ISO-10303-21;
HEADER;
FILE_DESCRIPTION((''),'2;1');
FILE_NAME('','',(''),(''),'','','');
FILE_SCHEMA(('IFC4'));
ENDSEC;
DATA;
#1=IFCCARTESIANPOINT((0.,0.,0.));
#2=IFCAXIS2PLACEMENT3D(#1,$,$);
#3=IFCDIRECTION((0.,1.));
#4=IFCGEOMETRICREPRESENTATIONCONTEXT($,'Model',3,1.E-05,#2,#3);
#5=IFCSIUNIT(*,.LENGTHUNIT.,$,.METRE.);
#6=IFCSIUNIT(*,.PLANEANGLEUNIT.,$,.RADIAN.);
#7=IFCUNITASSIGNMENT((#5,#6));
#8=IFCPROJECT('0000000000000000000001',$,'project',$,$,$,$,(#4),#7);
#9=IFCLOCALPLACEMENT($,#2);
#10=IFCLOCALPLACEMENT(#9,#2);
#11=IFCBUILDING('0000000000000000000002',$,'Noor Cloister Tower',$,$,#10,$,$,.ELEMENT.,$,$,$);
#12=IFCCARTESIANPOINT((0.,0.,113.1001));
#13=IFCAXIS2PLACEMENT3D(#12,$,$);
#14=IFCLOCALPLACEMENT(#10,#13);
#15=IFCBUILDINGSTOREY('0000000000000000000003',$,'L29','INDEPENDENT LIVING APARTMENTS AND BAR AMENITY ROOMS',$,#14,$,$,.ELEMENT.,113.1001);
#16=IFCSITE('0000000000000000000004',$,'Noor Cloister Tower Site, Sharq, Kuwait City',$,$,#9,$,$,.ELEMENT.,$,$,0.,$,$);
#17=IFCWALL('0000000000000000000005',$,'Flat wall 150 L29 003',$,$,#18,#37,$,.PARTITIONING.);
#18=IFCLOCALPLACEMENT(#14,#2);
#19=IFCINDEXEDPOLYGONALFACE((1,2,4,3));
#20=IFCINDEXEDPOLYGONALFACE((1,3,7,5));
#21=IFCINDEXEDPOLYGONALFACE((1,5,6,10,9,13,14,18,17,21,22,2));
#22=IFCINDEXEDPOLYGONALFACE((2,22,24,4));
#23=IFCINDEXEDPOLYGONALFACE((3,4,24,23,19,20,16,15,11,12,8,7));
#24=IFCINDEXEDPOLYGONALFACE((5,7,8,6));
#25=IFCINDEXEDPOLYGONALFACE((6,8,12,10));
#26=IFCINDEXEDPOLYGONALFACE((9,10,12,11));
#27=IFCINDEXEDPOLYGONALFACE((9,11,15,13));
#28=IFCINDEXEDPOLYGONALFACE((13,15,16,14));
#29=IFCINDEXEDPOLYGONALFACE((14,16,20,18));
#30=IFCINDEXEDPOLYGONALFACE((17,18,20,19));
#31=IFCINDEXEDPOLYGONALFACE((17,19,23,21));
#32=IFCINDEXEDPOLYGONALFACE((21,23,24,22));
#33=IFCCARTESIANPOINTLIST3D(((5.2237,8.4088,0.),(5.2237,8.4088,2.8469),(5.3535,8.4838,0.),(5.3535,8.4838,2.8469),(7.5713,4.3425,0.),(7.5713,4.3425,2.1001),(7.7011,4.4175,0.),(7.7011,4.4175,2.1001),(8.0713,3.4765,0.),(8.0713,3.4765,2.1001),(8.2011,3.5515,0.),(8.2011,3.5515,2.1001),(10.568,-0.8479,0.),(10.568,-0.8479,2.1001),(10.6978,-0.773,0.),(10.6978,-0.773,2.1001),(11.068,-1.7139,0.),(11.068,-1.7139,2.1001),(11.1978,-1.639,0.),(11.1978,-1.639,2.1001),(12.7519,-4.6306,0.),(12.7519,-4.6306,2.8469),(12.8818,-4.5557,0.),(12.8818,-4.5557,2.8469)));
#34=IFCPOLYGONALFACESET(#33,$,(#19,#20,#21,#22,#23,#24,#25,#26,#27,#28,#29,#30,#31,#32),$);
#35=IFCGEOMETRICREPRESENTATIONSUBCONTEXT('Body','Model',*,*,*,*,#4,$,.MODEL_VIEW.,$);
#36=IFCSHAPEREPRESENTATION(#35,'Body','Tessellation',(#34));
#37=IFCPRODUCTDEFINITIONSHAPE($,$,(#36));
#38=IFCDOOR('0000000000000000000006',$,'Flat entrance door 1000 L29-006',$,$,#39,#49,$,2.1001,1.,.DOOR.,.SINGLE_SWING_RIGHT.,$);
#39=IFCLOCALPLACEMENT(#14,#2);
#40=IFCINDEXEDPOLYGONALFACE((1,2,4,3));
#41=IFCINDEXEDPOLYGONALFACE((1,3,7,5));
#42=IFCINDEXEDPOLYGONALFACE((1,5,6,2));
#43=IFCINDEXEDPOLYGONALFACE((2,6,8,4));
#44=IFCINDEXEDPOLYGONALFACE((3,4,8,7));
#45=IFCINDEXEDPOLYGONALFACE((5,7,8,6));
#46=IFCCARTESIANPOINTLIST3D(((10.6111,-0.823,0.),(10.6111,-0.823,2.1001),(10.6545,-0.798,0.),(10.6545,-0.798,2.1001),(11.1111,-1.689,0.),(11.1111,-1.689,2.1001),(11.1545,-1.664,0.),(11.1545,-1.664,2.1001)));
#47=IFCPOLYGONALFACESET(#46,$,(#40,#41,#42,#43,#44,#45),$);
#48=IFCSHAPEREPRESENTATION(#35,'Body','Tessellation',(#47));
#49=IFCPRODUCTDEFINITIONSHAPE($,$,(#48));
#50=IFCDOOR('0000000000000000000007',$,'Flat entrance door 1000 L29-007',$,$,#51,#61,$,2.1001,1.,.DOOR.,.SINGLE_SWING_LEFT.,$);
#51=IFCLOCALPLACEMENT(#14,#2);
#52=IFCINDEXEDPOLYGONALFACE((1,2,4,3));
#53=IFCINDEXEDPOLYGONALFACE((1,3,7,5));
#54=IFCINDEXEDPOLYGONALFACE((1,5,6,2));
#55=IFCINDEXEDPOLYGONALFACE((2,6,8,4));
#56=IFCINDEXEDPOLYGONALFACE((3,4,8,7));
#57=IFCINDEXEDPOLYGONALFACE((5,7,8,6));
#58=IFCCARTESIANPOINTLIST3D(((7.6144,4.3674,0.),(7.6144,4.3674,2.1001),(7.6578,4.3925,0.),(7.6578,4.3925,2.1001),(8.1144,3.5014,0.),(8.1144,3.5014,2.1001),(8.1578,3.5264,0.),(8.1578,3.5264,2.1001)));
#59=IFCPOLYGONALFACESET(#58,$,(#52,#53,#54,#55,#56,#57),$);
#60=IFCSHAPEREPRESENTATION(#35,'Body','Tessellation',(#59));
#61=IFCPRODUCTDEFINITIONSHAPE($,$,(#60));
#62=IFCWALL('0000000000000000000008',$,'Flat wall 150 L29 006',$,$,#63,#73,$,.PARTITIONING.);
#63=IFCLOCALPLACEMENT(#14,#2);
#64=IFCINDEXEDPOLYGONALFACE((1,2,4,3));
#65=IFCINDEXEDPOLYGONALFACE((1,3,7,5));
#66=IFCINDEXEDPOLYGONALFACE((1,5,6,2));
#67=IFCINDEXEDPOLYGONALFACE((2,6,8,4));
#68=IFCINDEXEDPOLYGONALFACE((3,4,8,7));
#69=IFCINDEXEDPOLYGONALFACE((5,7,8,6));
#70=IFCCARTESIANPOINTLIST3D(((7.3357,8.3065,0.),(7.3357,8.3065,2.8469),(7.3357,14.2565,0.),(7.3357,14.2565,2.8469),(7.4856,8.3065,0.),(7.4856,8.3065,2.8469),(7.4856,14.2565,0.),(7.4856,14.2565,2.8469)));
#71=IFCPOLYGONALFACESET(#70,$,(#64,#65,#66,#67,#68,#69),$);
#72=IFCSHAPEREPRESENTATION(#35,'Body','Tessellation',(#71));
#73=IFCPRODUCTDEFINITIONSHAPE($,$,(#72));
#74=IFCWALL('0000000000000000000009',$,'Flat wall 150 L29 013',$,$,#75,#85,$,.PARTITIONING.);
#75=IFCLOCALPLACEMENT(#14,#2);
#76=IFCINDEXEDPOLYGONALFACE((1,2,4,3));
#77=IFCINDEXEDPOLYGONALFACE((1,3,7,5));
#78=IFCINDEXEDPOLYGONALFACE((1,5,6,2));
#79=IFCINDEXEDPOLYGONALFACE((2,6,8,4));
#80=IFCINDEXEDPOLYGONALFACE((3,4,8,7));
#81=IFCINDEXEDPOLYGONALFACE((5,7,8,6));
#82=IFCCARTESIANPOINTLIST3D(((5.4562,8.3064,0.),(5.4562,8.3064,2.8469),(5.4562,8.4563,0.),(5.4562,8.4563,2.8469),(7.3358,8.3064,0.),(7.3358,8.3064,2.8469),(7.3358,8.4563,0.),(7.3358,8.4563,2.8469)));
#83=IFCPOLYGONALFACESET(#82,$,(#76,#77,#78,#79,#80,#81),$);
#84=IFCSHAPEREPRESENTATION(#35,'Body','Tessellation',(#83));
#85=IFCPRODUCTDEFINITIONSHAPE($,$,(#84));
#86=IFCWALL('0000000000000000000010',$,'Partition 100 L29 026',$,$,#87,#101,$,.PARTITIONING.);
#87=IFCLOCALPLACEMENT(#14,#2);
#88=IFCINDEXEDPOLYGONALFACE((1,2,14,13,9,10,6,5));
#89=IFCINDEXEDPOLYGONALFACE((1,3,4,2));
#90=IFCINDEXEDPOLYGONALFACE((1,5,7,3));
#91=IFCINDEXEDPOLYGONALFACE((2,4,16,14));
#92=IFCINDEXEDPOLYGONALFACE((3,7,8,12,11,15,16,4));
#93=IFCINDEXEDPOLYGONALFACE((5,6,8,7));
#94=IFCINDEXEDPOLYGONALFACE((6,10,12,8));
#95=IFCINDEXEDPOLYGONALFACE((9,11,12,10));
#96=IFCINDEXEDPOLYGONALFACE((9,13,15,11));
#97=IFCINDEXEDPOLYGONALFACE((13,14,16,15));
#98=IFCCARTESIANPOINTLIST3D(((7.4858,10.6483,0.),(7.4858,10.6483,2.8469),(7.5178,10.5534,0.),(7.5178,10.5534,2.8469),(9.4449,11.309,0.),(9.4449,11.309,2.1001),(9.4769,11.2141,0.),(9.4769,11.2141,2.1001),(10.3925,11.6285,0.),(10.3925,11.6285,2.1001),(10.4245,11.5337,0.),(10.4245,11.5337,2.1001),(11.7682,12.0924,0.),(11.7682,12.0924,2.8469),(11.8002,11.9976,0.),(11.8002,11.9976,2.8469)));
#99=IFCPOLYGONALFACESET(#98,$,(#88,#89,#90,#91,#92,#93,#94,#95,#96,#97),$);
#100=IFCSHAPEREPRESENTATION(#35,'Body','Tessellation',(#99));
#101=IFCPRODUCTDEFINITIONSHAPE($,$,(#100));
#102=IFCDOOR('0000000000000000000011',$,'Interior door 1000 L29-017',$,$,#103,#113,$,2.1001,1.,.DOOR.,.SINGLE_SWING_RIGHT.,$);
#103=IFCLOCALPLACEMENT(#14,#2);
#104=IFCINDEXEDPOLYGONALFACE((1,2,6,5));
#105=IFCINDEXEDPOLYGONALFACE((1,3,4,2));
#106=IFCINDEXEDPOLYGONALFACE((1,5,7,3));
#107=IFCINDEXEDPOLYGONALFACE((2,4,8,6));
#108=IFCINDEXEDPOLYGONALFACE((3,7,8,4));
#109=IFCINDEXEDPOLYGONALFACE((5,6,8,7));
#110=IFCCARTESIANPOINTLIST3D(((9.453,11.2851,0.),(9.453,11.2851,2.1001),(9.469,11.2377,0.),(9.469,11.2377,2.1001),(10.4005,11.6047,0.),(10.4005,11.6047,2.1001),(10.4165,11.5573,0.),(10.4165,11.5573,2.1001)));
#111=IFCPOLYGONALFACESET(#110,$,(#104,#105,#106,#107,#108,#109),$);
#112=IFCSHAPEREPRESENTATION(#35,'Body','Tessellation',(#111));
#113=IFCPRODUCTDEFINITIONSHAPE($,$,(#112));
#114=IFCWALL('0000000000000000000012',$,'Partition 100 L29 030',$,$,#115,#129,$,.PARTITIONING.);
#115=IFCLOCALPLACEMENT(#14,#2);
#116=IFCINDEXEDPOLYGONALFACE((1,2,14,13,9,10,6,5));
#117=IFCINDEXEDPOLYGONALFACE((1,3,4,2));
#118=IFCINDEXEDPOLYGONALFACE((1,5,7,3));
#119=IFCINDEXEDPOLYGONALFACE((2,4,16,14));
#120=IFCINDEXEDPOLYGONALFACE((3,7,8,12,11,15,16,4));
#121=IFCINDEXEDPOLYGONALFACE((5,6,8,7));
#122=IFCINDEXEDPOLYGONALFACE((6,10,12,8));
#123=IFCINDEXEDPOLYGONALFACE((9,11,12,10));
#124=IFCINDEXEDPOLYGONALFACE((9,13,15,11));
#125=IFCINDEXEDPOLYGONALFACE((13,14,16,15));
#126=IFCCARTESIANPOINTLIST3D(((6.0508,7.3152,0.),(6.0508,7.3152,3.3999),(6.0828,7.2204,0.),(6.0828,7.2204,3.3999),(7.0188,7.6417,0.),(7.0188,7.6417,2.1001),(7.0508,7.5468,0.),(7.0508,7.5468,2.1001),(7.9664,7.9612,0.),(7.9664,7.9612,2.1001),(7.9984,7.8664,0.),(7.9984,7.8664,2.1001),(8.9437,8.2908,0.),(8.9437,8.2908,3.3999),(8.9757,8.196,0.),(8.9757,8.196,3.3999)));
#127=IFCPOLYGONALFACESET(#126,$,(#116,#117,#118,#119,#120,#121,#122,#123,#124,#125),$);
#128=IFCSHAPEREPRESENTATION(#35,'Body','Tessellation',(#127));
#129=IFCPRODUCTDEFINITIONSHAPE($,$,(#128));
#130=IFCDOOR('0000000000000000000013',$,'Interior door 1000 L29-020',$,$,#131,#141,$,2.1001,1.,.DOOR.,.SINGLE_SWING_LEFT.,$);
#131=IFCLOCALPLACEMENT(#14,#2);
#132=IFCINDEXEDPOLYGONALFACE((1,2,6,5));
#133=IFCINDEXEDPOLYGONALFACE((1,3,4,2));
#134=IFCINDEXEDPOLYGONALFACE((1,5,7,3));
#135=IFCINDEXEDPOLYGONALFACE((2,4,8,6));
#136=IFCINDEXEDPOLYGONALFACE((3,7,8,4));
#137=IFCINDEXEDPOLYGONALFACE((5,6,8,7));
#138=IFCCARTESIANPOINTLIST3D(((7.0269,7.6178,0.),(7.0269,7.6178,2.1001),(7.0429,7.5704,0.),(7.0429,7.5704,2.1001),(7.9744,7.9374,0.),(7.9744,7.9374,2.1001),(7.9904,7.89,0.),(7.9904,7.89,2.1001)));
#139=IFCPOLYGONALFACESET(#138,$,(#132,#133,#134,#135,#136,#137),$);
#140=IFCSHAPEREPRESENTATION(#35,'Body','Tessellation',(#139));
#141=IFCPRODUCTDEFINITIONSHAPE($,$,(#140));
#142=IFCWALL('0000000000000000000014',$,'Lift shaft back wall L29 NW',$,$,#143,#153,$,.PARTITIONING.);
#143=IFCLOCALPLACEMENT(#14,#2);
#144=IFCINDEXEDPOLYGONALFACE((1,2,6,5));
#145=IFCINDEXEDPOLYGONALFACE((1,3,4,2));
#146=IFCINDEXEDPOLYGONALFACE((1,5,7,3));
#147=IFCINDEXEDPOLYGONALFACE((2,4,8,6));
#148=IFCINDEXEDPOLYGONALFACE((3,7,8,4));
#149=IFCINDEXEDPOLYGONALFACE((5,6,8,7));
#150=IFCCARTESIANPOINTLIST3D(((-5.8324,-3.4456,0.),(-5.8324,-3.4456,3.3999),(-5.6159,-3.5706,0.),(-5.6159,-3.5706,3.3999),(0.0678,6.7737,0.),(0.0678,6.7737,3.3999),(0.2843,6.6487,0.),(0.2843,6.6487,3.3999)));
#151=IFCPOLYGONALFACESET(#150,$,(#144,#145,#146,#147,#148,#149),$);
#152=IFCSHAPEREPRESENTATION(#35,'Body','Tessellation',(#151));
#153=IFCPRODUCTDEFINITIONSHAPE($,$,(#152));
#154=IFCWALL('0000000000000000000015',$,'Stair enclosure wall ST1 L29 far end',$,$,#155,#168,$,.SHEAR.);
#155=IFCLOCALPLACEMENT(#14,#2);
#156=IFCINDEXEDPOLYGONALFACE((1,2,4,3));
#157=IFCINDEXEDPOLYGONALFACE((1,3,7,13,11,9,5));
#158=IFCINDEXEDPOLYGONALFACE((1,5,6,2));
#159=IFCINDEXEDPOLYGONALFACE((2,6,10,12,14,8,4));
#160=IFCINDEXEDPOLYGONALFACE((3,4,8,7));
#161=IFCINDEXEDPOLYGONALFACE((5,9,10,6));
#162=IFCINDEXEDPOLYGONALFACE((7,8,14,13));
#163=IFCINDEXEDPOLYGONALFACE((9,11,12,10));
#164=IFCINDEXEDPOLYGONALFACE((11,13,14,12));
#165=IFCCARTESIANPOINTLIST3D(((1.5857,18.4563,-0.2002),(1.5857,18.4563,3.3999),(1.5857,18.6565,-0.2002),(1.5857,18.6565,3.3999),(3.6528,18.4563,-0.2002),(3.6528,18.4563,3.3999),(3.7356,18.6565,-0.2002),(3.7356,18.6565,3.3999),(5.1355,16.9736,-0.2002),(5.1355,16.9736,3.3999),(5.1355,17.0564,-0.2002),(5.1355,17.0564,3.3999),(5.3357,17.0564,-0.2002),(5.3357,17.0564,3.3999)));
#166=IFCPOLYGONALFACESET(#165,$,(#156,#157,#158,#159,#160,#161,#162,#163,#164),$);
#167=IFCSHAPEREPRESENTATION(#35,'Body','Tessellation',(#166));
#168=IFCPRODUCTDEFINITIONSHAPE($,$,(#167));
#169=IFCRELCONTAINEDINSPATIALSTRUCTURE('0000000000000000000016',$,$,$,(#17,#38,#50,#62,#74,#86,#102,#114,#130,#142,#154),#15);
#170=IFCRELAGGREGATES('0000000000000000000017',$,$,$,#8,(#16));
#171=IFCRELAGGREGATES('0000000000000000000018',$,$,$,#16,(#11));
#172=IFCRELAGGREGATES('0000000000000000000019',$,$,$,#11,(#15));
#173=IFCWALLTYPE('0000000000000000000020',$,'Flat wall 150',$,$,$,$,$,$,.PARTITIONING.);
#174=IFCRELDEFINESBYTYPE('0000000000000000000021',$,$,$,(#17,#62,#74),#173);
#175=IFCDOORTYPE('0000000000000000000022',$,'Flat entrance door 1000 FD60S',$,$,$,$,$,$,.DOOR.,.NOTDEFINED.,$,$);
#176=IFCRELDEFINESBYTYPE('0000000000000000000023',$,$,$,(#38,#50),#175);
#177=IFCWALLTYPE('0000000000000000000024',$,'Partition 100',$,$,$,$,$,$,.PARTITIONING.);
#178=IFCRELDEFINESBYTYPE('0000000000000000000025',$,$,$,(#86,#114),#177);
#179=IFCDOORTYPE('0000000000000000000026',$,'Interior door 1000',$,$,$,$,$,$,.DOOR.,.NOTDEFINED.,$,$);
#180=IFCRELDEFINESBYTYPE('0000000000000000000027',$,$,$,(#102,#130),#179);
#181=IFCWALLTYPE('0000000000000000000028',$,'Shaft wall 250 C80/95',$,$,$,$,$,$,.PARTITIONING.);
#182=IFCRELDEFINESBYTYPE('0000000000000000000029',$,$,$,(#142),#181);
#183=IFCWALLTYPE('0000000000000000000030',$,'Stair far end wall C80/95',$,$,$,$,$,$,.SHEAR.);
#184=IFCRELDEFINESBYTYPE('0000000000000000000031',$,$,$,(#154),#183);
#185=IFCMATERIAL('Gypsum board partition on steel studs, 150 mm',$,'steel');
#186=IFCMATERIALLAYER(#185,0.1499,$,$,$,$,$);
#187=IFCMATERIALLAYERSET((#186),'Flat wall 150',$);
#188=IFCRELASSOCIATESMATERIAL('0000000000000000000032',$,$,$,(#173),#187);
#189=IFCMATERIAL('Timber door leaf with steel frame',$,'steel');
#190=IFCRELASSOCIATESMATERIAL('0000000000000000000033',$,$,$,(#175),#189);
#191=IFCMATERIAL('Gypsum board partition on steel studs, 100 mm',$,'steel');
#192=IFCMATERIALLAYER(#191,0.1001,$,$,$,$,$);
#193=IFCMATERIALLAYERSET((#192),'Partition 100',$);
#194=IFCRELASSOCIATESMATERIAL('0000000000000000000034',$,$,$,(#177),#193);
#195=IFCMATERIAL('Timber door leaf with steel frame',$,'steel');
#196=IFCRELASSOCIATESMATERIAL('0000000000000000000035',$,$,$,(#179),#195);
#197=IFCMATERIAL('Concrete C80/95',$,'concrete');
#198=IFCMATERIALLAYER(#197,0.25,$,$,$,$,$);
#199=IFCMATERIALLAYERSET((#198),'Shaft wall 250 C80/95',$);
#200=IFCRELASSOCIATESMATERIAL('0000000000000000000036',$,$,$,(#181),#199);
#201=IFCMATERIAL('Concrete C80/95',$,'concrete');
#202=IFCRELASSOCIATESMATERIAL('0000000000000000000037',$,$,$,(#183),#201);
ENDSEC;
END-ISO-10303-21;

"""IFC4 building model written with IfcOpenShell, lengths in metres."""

from ifc_helpers import new_model, si_unit, direction, frame, frame_2d, origin, place, context, subcontext, project, spatial, polyline, rectangle, outline, extrude, material, layer, layer_set, type_object, element, fill, save


model = new_model("IFC4")

# Units and contexts
model_context = context("Model", 3, precision=1e-05, world=origin(), true_north=direction((0.0, 1.0)))
body_context = subcontext(model_context, "Body", "Model", "MODEL_VIEW")
ifc_project = project(units=[si_unit("LENGTHUNIT", "METRE"), si_unit("PLANEANGLEUNIT", "RADIAN")], contexts=[model_context])

# Site, building, storey
site_placement = place(None, origin())
site = spatial("IfcSite", under=ifc_project, at=site_placement, Name="Noor Cloister Tower Site, Sharq, Kuwait City", CompositionType="ELEMENT", RefElevation=0.0)
building_placement = place(site_placement, origin())
building = spatial("IfcBuilding", under=site, at=building_placement, Name="Noor Cloister Tower", CompositionType="ELEMENT")
storey_placement = place(building_placement, frame((0.0, 0.0, 113.1001)))
storey = spatial("IfcBuildingStorey", under=building, at=storey_placement, Name="L29", Description="INDEPENDENT LIVING APARTMENTS AND BAR AMENITY ROOMS", CompositionType="ELEMENT", Elevation=113.1001)

# Wall, openings, doors
ifc_material_1 = material(Name="Gypsum board partition on steel studs, 150 mm", Category="steel")
ifc_layer_1 = layer(ifc_material_1, 0.1499)
ifc_layer_set_1 = layer_set([ifc_layer_1], Name="Flat wall 150")
wall_type_1 = type_object("IfcWallType", Name="Flat wall 150", PredefinedType="PARTITIONING", material=ifc_layer_set_1)
wall_1_placement = place(storey_placement, frame((5.2886, 8.4463, 0.0), z_axis=(0.0, 0.0, 1.0), x_axis=(0.499997, -0.866027, 0.0)))
wall_1 = element("IfcWall", 1, at=wall_1_placement, inside=storey, type_object=wall_type_1, Name="Flat wall 150 L29 003", PredefinedType="PARTITIONING", context=body_context, shape_type="SweptSolid", body=[
    extrude(rectangle(XDim=15.0566, YDim=0.1499, at=frame_2d((7.5283, 0.0))), origin(), (0.0, 0.0, 1.0), 2.8469),
])
opening_1_placement = place(wall_1_placement, frame((10.6887, 0.0, 0.0)))
opening_1 = element("IfcOpeningElement", 2, at=opening_1_placement, cuts=wall_1, PredefinedType="OPENING", context=body_context, shape_type="SweptSolid", body=[
    extrude(rectangle(XDim=1.0, YDim=2.1001, at=frame_2d((0.5, 1.05))), frame((0.0, 0.085, 0.0), z_axis=(0.0, -1.0, 0.0), x_axis=(1.0, 0.0, 0.0)), (0.0, 0.0, 1.0), 0.1699),
])
opening_2_placement = place(wall_1_placement, frame((4.6953, 0.0, 0.0)))
opening_2 = element("IfcOpeningElement", 3, at=opening_2_placement, cuts=wall_1, PredefinedType="OPENING", context=body_context, shape_type="SweptSolid", body=[
    extrude(rectangle(XDim=1.0, YDim=2.1001, at=frame_2d((0.5, 1.05))), frame((0.0, 0.085, 0.0), z_axis=(0.0, -1.0, 0.0), x_axis=(1.0, 0.0, 0.0)), (0.0, 0.0, 1.0), 0.1699),
])
ifc_material_2 = material(Name="Timber door leaf with steel frame", Category="steel")
door_type_1 = type_object("IfcDoorType", Name="Flat entrance door 1000 FD60S", OperationType="NOTDEFINED", PredefinedType="DOOR", material=ifc_material_2)
door_1_placement = place(opening_1_placement, origin())
door_1 = element("IfcDoor", 4, at=door_1_placement, inside=storey, type_object=door_type_1, Name="Flat entrance door 1000 L29-006", OperationType="SINGLE_SWING_RIGHT", OverallHeight=2.1001, OverallWidth=1.0, PredefinedType="DOOR", context=body_context, shape_type="SweptSolid", body=[
    extrude(rectangle(XDim=1.0, YDim=2.1001, at=frame_2d((0.5, 1.05))), frame((0.0, 0.0249, 0.0), z_axis=(0.0, -1.0, 0.0), x_axis=(1.0, 0.0, 0.0)), (0.0, 0.0, 1.0), 0.05),
])
fill(opening_1, door_1)
door_2_placement = place(opening_2_placement, origin())
door_2 = element("IfcDoor", 5, at=door_2_placement, inside=storey, type_object=door_type_1, Name="Flat entrance door 1000 L29-007", OperationType="SINGLE_SWING_LEFT", OverallHeight=2.1001, OverallWidth=1.0, PredefinedType="DOOR", context=body_context, shape_type="SweptSolid", body=[
    extrude(rectangle(XDim=1.0, YDim=2.1001, at=frame_2d((0.5, 1.05))), frame((0.0, 0.0249, 0.0), z_axis=(0.0, -1.0, 0.0), x_axis=(1.0, 0.0, 0.0)), (0.0, 0.0, 1.0), 0.05),
])
fill(opening_2, door_2)

# Walls
wall_2_placement = place(storey_placement, frame((7.4106, 8.3064, 0.0), z_axis=(0.0, 0.0, 1.0), x_axis=(0.0, 1.0, 0.0)))
element("IfcWall", 6, at=wall_2_placement, inside=storey, type_object=wall_type_1, Name="Flat wall 150 L29 006", PredefinedType="PARTITIONING", context=body_context, shape_type="SweptSolid", body=[
    extrude(rectangle(XDim=5.95, YDim=0.1499, at=frame_2d((2.9751, 0.0))), origin(), (0.0, 0.0, 1.0), 2.8469),
])
wall_3_placement = place(storey_placement, frame((5.4561, 8.3813, 0.0), z_axis=(0.0, 0.0, 1.0), x_axis=(1.0, 0.0, 0.0)))
element("IfcWall", 7, at=wall_3_placement, inside=storey, type_object=wall_type_1, Name="Flat wall 150 L29 013", PredefinedType="PARTITIONING", context=body_context, shape_type="SweptSolid", body=[
    extrude(rectangle(XDim=1.8796, YDim=0.1499, at=frame_2d((0.9399, 0.0))), origin(), (0.0, 0.0, 1.0), 2.8469),
])

# Walls, openings, doors
ifc_material_3 = material(Name="Gypsum board partition on steel studs, 100 mm", Category="steel")
ifc_layer_2 = layer(ifc_material_3, 0.1001)
ifc_layer_set_2 = layer_set([ifc_layer_2], Name="Partition 100")
wall_type_2 = type_object("IfcWallType", Name="Partition 100", PredefinedType="PARTITIONING", material=ifc_layer_set_2)
wall_4_placement = place(storey_placement, frame((7.5017, 10.6008, 0.0), z_axis=(0.0, 0.0, 1.0), x_axis=(0.94757, 0.319548, 0.0)))
wall_4 = element("IfcWall", 8, at=wall_4_placement, inside=storey, type_object=wall_type_2, Name="Partition 100 L29 026", PredefinedType="PARTITIONING", context=body_context, shape_type="SweptSolid", body=[
    extrude(rectangle(XDim=4.5193, YDim=0.1001, at=frame_2d((2.2598, 0.0))), origin(), (0.0, 0.0, 1.0), 2.8469),
])
opening_3_placement = place(wall_4_placement, frame((2.0676, 0.0, 0.0)))
opening_3 = element("IfcOpeningElement", 9, at=opening_3_placement, cuts=wall_4, PredefinedType="OPENING", context=body_context, shape_type="SweptSolid", body=[
    extrude(rectangle(XDim=1.0, YDim=2.1001, at=frame_2d((0.5, 1.05))), frame((0.0, 0.0601, 0.0), z_axis=(0.0, -1.0, 0.0), x_axis=(1.0, 0.0, 0.0)), (0.0, 0.0, 1.0), 0.1201),
])
ifc_material_4 = material(Name="Timber door leaf with steel frame", Category="steel")
door_type_2 = type_object("IfcDoorType", Name="Interior door 1000", OperationType="NOTDEFINED", PredefinedType="DOOR", material=ifc_material_4)
door_3_placement = place(opening_3_placement, origin())
door_3 = element("IfcDoor", 10, at=door_3_placement, inside=storey, type_object=door_type_2, Name="Interior door 1000 L29-017", OperationType="SINGLE_SWING_RIGHT", OverallHeight=2.1001, OverallWidth=1.0, PredefinedType="DOOR", context=body_context, shape_type="SweptSolid", body=[
    extrude(rectangle(XDim=1.0, YDim=2.1001, at=frame_2d((0.5, 1.05))), frame((0.0, 0.0249, 0.0), z_axis=(0.0, -1.0, 0.0), x_axis=(1.0, 0.0, 0.0)), (0.0, 0.0, 1.0), 0.05),
])
fill(opening_3, door_3)
wall_5_placement = place(storey_placement, frame((6.0669, 7.2678, 0.0), z_axis=(0.0, 0.0, 1.0), x_axis=(0.947566, 0.319561, 0.0)))
wall_5 = element("IfcWall", 11, at=wall_5_placement, inside=storey, type_object=wall_type_2, Name="Partition 100 L29 030", PredefinedType="PARTITIONING", context=body_context, shape_type="SweptSolid", body=[
    extrude(rectangle(XDim=3.053, YDim=0.1001, at=frame_2d((1.5264, 0.0))), origin(), (0.0, 0.0, 1.0), 3.3999),
])
opening_4_placement = place(wall_5_placement, frame((1.0215, 0.0, 0.0)))
opening_4 = element("IfcOpeningElement", 12, at=opening_4_placement, cuts=wall_5, PredefinedType="OPENING", context=body_context, shape_type="SweptSolid", body=[
    extrude(rectangle(XDim=1.0, YDim=2.1001, at=frame_2d((0.5, 1.05))), frame((0.0, 0.0601, 0.0), z_axis=(0.0, -1.0, 0.0), x_axis=(1.0, 0.0, 0.0)), (0.0, 0.0, 1.0), 0.1201),
])
door_4_placement = place(opening_4_placement, origin())
door_4 = element("IfcDoor", 13, at=door_4_placement, inside=storey, type_object=door_type_2, Name="Interior door 1000 L29-020", OperationType="SINGLE_SWING_LEFT", OverallHeight=2.1001, OverallWidth=1.0, PredefinedType="DOOR", context=body_context, shape_type="SweptSolid", body=[
    extrude(rectangle(XDim=1.0, YDim=2.1001, at=frame_2d((0.5, 1.05))), frame((0.0, 0.0249, 0.0), z_axis=(0.0, -1.0, 0.0), x_axis=(1.0, 0.0, 0.0)), (0.0, 0.0, 1.0), 0.05),
])
fill(opening_4, door_4)

# Walls
ifc_material_5 = material(Name="Concrete C80/95", Category="concrete")
ifc_layer_3 = layer(ifc_material_5, 0.25)
ifc_layer_set_3 = layer_set([ifc_layer_3], Name="Shaft wall 250 C80/95")
wall_type_3 = type_object("IfcWallType", Name="Shaft wall 250 C80/95", PredefinedType="PARTITIONING", material=ifc_layer_set_3)
wall_6_placement = place(storey_placement, frame((0.176, 6.7112, 0.0), z_axis=(0.0, 0.0, 1.0), x_axis=(-0.500004, -0.866023, 0.0)))
element("IfcWall", 14, at=wall_6_placement, inside=storey, type_object=wall_type_3, Name="Lift shaft back wall L29 NW", PredefinedType="PARTITIONING", context=body_context, shape_type="SweptSolid", body=[
    extrude(rectangle(XDim=11.8003, YDim=0.25, at=frame_2d((5.9001, 0.0))), origin(), (0.0, 0.0, 1.0), 3.3999),
])
ifc_material_6 = material(Name="Concrete C80/95", Category="concrete")
wall_type_4 = type_object("IfcWallType", Name="Stair far end wall C80/95", PredefinedType="SHEAR", material=ifc_material_6)
wall_7_placement = place(storey_placement, frame((0.0, 0.0, -0.2002)))
element("IfcWall", 15, at=wall_7_placement, inside=storey, type_object=wall_type_4, Name="Stair enclosure wall ST1 L29 far end", PredefinedType="SHEAR", context=body_context, shape_type="SweptSolid", body=[
    extrude(outline(polyline([(5.3357, 17.0564), (3.7356, 18.6565), (1.5857, 18.6565), (1.5857, 18.4563), (3.6528, 18.4563), (5.1355, 16.9736), (5.1355, 17.0564), (5.1355, 17.0564), (5.1355, 17.0564), (5.1355, 17.0564), (5.1355, 17.0564), (5.1355, 17.0564), (5.1355, 17.0564), (5.1355, 17.0564), (5.1355, 17.0564), (5.1355, 17.0564), (5.1355, 17.0564), (5.1355, 17.0564), (5.1355, 17.0564), (5.1355, 17.0564), (5.1355, 17.0564), (5.1355, 17.0564), (5.1355, 17.0564), (5.3357, 17.0564)])), origin(), (0.0, 0.0, 1.0), 3.6001),
])

save(model, "model.ifc")
